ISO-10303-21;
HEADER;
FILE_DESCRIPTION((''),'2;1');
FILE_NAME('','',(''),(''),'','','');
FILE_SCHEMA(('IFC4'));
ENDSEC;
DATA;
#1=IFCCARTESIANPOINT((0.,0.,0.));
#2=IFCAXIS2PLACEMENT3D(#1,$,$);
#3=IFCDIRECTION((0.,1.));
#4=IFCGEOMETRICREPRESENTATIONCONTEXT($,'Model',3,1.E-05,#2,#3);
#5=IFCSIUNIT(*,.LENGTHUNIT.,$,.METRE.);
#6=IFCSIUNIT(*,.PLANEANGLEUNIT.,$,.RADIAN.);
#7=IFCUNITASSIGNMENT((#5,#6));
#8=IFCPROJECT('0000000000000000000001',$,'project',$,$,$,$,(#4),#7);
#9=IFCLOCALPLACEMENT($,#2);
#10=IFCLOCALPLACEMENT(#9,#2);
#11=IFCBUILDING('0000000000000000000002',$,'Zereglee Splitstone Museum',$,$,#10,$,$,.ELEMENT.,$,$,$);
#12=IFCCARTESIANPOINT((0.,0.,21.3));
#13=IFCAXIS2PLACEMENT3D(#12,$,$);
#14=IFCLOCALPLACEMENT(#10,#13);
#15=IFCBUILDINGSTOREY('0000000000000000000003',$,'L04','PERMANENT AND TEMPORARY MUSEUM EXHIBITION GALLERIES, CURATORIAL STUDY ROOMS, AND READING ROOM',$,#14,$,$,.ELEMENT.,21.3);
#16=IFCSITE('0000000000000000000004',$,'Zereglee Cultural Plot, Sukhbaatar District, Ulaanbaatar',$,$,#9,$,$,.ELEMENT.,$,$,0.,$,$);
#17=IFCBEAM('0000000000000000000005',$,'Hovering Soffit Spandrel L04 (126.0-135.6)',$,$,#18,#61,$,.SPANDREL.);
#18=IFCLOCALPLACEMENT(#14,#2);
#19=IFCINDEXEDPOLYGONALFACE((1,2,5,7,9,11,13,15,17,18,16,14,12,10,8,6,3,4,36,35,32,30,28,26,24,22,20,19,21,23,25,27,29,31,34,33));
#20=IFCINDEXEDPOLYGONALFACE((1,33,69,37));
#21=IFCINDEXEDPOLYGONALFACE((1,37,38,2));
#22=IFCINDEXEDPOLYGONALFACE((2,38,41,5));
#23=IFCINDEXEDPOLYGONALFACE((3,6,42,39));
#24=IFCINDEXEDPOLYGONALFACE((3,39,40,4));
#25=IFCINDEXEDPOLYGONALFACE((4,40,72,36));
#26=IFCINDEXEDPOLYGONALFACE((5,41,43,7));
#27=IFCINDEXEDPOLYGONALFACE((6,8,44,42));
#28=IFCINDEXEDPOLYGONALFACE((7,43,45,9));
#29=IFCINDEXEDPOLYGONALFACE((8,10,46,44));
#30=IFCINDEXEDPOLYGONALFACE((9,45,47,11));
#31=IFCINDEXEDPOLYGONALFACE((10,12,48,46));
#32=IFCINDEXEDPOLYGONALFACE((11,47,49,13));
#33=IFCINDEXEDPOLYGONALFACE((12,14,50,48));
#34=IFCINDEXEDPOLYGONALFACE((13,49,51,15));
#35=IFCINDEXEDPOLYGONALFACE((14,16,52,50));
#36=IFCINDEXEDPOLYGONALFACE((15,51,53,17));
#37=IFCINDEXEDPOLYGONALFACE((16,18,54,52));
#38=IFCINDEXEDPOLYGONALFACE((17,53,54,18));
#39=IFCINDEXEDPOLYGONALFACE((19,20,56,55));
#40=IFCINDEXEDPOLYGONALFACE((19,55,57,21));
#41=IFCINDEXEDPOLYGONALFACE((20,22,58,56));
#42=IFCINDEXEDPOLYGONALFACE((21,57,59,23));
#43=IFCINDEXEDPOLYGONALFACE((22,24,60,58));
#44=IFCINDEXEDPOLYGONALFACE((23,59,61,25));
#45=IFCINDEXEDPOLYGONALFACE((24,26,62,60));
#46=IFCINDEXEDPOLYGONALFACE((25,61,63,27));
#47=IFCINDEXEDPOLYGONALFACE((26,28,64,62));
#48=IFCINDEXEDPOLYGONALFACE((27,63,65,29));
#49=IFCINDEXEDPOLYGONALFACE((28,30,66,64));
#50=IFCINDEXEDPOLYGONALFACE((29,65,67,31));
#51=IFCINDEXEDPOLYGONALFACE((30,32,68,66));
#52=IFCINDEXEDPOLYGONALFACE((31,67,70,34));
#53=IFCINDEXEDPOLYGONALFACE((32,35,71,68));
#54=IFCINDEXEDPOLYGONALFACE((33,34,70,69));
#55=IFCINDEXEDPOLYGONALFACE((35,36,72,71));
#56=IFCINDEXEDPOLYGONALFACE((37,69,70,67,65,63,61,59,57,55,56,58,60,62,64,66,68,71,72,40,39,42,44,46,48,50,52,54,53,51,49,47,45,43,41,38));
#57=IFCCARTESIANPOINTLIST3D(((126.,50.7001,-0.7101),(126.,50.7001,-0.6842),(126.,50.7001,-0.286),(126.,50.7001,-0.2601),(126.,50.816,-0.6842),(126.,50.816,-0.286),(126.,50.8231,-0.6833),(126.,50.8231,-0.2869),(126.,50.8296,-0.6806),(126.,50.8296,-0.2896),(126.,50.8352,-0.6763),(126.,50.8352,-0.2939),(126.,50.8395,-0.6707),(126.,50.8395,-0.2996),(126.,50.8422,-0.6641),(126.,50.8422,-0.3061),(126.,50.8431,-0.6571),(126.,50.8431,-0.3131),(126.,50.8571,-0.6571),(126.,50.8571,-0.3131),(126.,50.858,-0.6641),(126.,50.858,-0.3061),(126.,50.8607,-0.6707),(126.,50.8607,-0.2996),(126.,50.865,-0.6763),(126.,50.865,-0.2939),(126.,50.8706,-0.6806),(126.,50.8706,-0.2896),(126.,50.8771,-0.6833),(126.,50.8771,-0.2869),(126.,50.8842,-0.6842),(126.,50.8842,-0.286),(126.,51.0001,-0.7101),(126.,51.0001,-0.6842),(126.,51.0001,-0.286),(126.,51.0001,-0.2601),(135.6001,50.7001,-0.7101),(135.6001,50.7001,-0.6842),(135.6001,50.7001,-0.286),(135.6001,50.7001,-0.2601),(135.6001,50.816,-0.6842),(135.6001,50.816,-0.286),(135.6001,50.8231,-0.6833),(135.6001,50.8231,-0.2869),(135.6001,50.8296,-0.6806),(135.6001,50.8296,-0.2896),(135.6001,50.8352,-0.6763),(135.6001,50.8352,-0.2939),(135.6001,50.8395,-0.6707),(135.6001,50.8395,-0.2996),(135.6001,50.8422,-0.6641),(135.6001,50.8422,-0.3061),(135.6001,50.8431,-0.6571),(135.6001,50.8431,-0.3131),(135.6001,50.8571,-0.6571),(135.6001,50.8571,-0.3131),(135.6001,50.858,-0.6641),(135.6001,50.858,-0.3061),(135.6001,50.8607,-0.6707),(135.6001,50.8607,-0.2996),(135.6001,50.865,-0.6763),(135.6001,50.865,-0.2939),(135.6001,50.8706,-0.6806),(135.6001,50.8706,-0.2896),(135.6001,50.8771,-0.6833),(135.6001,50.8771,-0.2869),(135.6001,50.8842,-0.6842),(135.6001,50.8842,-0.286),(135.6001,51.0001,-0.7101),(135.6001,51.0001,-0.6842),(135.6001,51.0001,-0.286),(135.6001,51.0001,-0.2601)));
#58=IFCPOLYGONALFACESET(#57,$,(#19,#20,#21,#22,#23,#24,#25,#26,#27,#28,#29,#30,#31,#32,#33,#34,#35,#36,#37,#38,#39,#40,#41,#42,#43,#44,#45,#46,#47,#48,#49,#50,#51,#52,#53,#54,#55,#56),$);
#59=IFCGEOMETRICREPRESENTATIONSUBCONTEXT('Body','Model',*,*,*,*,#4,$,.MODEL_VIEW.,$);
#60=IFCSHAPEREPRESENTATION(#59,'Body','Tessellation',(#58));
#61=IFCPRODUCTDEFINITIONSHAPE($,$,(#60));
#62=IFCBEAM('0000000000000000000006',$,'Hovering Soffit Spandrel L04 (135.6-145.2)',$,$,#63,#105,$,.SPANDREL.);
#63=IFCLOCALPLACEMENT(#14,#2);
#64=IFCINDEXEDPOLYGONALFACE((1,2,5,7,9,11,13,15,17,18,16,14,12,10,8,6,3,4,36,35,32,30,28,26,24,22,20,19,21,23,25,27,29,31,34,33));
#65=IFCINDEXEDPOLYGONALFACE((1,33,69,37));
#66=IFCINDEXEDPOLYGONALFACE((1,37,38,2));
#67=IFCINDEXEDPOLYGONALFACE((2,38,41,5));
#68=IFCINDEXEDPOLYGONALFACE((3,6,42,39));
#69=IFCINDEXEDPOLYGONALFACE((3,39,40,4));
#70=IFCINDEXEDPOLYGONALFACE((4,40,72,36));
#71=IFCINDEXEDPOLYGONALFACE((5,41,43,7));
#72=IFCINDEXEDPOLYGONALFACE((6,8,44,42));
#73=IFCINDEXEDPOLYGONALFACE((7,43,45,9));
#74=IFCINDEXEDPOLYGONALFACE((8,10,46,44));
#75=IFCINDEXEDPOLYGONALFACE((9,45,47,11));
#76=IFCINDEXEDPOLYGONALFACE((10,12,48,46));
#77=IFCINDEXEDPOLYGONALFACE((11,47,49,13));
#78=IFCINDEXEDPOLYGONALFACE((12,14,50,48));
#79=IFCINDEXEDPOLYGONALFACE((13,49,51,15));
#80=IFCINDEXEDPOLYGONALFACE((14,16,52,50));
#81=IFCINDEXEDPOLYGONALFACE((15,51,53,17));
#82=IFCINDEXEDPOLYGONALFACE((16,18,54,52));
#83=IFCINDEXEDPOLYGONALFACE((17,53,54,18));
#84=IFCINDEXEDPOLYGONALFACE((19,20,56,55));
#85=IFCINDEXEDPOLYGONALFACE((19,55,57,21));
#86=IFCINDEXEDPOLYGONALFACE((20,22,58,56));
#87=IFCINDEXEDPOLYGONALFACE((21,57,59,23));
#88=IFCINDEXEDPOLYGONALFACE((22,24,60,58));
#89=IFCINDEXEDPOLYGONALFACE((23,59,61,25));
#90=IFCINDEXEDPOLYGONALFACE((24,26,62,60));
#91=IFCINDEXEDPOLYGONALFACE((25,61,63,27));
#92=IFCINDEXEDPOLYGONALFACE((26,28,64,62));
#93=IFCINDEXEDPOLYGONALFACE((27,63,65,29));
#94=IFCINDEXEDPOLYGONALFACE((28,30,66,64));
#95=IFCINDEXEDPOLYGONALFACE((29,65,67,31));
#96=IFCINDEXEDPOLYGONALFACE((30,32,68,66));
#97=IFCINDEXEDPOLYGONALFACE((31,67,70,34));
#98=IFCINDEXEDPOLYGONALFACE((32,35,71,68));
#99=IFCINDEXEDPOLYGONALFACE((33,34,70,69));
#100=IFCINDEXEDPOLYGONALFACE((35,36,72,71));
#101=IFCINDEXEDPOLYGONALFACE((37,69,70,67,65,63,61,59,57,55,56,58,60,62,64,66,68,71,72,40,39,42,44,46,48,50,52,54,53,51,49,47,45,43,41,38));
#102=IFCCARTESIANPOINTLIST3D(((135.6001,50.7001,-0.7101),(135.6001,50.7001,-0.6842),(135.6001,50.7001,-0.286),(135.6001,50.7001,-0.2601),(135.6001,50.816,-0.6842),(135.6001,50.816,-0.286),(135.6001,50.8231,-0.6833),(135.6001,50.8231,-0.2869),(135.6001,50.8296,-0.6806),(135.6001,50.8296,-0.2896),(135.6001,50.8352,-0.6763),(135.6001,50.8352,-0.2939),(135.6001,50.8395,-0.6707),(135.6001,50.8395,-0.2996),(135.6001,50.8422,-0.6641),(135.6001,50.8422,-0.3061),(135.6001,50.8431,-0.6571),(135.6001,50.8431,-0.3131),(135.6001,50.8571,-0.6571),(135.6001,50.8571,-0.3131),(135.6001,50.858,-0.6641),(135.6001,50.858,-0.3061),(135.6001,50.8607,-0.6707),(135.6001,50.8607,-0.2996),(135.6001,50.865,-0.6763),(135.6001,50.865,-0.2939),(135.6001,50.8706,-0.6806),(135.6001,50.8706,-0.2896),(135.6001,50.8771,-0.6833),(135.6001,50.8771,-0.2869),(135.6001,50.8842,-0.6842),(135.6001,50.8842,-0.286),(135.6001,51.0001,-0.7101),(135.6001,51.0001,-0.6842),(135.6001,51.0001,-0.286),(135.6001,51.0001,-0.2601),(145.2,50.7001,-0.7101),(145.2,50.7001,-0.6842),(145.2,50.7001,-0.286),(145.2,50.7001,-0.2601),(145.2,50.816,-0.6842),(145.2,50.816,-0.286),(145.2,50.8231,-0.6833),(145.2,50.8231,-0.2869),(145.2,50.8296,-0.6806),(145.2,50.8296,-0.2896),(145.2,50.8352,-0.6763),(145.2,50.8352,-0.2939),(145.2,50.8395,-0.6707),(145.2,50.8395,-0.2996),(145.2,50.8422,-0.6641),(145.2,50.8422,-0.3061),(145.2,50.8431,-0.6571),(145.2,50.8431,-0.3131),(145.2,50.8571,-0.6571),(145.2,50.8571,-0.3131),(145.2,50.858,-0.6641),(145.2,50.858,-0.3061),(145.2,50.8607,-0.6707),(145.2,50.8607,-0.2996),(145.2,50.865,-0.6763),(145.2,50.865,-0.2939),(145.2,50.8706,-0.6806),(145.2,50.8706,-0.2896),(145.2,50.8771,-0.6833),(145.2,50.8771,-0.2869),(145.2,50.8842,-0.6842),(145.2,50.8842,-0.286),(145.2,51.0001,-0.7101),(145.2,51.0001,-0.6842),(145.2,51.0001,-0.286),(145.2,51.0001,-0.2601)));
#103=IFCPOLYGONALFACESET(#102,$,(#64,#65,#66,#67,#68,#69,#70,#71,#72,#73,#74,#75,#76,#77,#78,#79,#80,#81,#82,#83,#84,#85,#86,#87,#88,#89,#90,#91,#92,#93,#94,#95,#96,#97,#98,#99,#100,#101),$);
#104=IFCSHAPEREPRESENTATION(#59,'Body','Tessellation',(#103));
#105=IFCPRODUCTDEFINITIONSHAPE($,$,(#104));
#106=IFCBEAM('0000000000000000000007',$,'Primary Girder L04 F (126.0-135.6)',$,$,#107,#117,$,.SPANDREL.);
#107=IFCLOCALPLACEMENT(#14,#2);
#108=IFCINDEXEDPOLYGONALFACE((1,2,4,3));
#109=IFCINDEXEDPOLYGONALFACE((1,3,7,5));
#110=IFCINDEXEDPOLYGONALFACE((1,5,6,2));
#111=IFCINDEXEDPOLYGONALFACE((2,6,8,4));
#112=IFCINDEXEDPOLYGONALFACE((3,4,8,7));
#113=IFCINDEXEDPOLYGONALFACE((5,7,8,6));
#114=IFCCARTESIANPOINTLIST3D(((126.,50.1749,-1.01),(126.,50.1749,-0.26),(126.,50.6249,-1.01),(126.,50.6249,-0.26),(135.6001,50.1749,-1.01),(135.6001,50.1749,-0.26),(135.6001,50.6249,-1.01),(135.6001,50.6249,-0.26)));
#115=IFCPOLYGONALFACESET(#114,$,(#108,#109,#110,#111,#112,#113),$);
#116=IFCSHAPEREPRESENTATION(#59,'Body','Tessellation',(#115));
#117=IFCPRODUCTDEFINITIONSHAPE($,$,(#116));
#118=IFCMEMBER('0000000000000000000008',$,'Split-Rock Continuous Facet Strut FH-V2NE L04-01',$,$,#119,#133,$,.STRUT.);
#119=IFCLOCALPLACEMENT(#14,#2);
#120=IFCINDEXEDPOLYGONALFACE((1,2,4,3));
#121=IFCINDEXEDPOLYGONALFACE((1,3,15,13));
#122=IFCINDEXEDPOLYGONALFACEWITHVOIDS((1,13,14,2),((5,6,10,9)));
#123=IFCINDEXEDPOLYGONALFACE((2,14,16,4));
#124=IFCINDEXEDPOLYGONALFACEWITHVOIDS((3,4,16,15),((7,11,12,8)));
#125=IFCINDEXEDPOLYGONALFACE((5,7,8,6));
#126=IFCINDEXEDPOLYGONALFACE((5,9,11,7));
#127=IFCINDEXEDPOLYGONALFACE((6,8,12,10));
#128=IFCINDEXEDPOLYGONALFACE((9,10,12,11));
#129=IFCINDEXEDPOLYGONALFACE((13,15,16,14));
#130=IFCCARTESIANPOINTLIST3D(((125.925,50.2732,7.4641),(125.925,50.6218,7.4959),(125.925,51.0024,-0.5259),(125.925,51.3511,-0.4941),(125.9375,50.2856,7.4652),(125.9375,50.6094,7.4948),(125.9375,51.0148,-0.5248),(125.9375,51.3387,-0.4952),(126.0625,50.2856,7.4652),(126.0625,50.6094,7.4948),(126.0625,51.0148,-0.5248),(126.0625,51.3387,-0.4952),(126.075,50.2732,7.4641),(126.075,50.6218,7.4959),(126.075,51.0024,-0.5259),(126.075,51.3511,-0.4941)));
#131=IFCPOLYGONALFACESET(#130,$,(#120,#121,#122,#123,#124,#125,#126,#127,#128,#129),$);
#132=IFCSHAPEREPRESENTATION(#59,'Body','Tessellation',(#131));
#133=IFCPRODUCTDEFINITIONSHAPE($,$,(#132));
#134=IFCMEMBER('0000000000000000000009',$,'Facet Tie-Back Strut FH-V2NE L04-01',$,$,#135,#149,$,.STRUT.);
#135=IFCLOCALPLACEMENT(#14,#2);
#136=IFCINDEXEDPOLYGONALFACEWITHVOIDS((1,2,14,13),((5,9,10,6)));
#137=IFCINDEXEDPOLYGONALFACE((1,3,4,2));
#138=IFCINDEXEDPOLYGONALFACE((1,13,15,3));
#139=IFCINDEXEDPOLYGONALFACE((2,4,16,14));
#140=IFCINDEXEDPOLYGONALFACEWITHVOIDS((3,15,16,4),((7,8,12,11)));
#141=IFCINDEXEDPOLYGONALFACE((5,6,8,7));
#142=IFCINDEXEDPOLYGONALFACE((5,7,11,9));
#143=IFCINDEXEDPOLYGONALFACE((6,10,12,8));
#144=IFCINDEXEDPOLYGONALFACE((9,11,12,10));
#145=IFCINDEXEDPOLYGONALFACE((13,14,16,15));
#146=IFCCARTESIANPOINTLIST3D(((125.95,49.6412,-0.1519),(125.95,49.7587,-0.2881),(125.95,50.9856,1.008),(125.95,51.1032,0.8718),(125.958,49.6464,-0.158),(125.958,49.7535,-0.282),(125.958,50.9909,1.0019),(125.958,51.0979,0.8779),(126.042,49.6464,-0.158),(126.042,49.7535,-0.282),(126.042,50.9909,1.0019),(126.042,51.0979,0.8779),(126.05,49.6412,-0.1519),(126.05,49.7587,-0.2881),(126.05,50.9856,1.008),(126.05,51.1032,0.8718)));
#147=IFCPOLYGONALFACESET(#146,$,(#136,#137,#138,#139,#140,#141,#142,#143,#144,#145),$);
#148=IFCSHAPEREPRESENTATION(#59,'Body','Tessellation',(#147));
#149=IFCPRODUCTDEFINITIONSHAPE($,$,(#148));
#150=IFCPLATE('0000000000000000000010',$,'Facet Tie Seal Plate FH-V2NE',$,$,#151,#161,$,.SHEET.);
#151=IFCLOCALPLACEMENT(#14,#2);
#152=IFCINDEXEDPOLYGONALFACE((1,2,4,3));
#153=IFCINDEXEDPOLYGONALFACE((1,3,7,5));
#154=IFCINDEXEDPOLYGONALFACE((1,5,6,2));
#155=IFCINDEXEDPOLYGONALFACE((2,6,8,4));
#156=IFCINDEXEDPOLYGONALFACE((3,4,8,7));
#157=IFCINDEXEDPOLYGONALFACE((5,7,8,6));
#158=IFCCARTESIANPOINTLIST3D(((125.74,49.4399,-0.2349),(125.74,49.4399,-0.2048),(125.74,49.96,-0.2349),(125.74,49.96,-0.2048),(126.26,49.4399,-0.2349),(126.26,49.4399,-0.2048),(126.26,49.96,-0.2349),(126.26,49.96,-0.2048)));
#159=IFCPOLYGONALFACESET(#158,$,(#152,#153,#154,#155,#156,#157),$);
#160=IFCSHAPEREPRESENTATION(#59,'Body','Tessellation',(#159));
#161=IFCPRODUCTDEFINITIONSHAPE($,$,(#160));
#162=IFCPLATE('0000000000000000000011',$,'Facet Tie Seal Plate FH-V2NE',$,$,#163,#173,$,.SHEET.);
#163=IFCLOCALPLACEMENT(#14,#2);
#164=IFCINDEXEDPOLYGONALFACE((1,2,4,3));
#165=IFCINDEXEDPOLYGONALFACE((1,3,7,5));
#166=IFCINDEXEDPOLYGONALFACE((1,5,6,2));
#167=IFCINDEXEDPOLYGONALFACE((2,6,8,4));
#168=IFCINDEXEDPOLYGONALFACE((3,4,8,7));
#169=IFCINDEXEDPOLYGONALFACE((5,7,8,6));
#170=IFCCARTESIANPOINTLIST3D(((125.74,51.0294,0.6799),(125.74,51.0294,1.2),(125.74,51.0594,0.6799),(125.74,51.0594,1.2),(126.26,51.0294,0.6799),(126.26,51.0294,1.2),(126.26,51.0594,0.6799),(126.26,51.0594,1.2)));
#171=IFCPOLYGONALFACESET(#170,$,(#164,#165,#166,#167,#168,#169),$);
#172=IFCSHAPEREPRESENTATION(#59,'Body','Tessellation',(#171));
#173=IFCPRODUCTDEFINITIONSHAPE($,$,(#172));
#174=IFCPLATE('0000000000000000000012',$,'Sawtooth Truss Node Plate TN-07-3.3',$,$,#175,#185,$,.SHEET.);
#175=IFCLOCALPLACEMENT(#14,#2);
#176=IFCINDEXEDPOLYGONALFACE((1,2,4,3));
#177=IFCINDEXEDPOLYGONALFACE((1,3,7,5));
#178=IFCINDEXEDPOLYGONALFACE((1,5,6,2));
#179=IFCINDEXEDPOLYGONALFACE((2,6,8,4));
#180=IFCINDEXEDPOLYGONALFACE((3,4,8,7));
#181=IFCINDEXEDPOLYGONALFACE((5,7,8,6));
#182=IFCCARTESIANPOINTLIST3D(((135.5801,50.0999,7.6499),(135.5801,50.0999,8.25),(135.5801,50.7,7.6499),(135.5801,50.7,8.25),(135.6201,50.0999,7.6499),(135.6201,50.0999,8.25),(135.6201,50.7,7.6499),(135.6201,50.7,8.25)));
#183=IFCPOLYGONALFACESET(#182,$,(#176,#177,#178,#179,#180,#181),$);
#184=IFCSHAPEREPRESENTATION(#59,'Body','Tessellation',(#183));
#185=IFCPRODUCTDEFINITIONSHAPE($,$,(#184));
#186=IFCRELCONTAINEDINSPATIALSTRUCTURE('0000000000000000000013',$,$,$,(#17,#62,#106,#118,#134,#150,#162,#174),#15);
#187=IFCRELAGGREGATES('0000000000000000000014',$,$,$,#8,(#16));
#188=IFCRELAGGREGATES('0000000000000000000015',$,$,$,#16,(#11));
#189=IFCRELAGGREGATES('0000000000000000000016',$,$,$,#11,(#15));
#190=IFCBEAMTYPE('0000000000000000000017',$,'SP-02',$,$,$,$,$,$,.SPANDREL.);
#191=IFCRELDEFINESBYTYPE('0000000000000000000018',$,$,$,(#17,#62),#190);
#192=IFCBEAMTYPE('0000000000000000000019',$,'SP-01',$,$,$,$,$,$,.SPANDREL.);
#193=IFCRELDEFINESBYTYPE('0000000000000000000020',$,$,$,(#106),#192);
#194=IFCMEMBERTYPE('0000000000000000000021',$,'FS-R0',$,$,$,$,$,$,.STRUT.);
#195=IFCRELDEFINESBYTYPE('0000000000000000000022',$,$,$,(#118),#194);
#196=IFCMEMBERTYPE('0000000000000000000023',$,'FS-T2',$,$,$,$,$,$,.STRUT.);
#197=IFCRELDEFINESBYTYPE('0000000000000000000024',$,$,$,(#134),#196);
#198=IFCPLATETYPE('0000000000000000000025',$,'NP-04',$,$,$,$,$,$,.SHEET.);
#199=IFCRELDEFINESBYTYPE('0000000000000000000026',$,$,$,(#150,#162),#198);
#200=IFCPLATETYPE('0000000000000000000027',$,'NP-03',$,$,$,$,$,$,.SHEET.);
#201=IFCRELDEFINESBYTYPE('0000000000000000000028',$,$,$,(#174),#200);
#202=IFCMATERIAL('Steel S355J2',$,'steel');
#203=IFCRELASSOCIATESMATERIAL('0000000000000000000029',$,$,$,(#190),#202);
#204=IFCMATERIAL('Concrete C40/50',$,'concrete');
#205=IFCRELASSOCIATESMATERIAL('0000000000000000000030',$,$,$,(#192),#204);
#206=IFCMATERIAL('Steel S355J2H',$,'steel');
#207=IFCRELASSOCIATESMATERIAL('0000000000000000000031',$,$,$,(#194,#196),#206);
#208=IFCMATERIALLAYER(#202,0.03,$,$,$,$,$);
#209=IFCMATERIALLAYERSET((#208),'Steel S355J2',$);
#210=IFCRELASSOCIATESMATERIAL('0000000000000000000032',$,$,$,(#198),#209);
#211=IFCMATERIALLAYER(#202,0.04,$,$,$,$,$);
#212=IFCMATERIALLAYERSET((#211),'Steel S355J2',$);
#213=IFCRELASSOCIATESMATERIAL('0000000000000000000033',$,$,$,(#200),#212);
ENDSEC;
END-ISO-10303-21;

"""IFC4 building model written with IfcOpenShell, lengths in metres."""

from ifc_helpers import new_model, si_unit, direction, frame, origin, origin_2d, place, context, subcontext, project, spatial, rectangle, hollow_rectangle, i_section, extrude, material, layer, layer_set, material_profile, profile_set, type_object, element, save


model = new_model("IFC4")

# Units and contexts
model_context = context("Model", 3, precision=1e-05, world=origin(), true_north=direction((0.0, 1.0)))
body_context = subcontext(model_context, "Body", "Model", "MODEL_VIEW")
ifc_project = project(units=[si_unit("LENGTHUNIT", "METRE"), si_unit("PLANEANGLEUNIT", "RADIAN")], contexts=[model_context])

# Site, building, storey
site_placement = place(None, origin())
site = spatial("IfcSite", under=ifc_project, at=site_placement, Name="Zereglee Cultural Plot, Sukhbaatar District, Ulaanbaatar", CompositionType="ELEMENT", RefElevation=0.0)
building_placement = place(site_placement, origin())
building = spatial("IfcBuilding", under=site, at=building_placement, Name="Zereglee Splitstone Museum", CompositionType="ELEMENT")
storey_placement = place(building_placement, frame((0.0, 0.0, 21.3)))
storey = spatial("IfcBuildingStorey", under=building, at=storey_placement, Name="L04", Description="PERMANENT AND TEMPORARY MUSEUM EXHIBITION GALLERIES, CURATORIAL STUDY ROOMS, AND READING ROOM", CompositionType="ELEMENT", Elevation=21.3)

# Shared definitions
ifc_material_1 = material(Name="Steel S355J2", Category="steel")

# Shared definitions
ifc_material_2 = material(Name="Steel S355J2H", Category="steel")

# Beams
ifc_material_profile_1 = material_profile(ifc_material_1, i_section(OverallWidth=0.3, OverallDepth=0.45, WebThickness=0.0139, FlangeThickness=0.0259, FilletRadius=0.0271, at=origin_2d()), Name="HE 450 B")
ifc_profile_set_1 = profile_set([ifc_material_profile_1], Name="Steel S355J2")
beam_type_1 = type_object("IfcBeamType", Name="SP-02", PredefinedType="SPANDREL", material=ifc_profile_set_1)
beam_1_placement = place(storey_placement, frame((126.0, 50.8501, -0.4851), z_axis=(1.0, 0.0, 0.0), x_axis=(0.0, 1.0, 0.0)))
element("IfcBeam", 1, at=beam_1_placement, inside=storey, type_object=beam_type_1, Name="Hovering Soffit Spandrel L04 (126.0-135.6)", PredefinedType="SPANDREL", context=body_context, shape_type="SweptSolid", body=[
    extrude(i_section(OverallWidth=0.3, OverallDepth=0.45, WebThickness=0.0139, FlangeThickness=0.0259, FilletRadius=0.0271, at=origin_2d()), origin(), (0.0, 0.0, 1.0), 9.6001),
])
beam_2_placement = place(storey_placement, frame((135.6001, 50.8501, -0.4851), z_axis=(1.0, 0.0, 0.0), x_axis=(0.0, 1.0, 0.0)))
element("IfcBeam", 2, at=beam_2_placement, inside=storey, type_object=beam_type_1, Name="Hovering Soffit Spandrel L04 (135.6-145.2)", PredefinedType="SPANDREL", context=body_context, shape_type="SweptSolid", body=[
    extrude(i_section(OverallWidth=0.3, OverallDepth=0.45, WebThickness=0.0139, FlangeThickness=0.0259, FilletRadius=0.0271, at=origin_2d()), origin(), (0.0, 0.0, 1.0), 9.5999),
])
ifc_material_3 = material(Name="Concrete C40/50", Category="concrete")
ifc_material_profile_2 = material_profile(ifc_material_3, rectangle(XDim=0.45, YDim=0.75, at=origin_2d()), Name="RC 450x750")
ifc_profile_set_2 = profile_set([ifc_material_profile_2], Name="Concrete C40/50")
beam_type_2 = type_object("IfcBeamType", Name="SP-01", PredefinedType="SPANDREL", material=ifc_profile_set_2)
beam_3_placement = place(storey_placement, frame((126.0, 50.3999, -0.635), z_axis=(1.0, 0.0, 0.0), x_axis=(0.0, 1.0, 0.0)))
element("IfcBeam", 3, at=beam_3_placement, inside=storey, type_object=beam_type_2, Name="Primary Girder L04 F (126.0-135.6)", PredefinedType="SPANDREL", context=body_context, shape_type="SweptSolid", body=[
    extrude(rectangle(XDim=0.45, YDim=0.75, at=origin_2d()), origin(), (0.0, 0.0, 1.0), 9.6001),
])

# Members
ifc_material_profile_3 = material_profile(ifc_material_2, hollow_rectangle(XDim=0.1499, YDim=0.3501, WallThickness=0.0125, at=origin_2d()), Name="RHS 350x150x12.5")
ifc_profile_set_3 = profile_set([ifc_material_profile_3], Name="Steel S355J2H")
member_type_1 = type_object("IfcMemberType", Name="FS-R0", PredefinedType="STRUT", material=ifc_profile_set_3)
member_1_placement = place(storey_placement, frame((126.0, 51.1768, -0.51), z_axis=(0.0, -0.090892, 0.995861), x_axis=(1.0, 0.0, 0.0)))
element("IfcMember", 4, at=member_1_placement, inside=storey, type_object=member_type_1, Name="Split-Rock Continuous Facet Strut FH-V2NE L04-01", PredefinedType="STRUT", context=body_context, shape_type="SweptSolid", body=[
    extrude(hollow_rectangle(XDim=0.1499, YDim=0.3501, WallThickness=0.0125, at=origin_2d()), origin(), (0.0, 0.0, 1.0), 8.0232),
])
ifc_material_profile_4 = material_profile(ifc_material_2, hollow_rectangle(XDim=0.1001, YDim=0.1799, WallThickness=0.0081, at=origin_2d()), Name="RHS 180x100x8")
ifc_profile_set_4 = profile_set([ifc_material_profile_4], Name="Steel S355J2H")
member_type_2 = type_object("IfcMemberType", Name="FS-T2", PredefinedType="STRUT", material=ifc_profile_set_4)
member_2_placement = place(storey_placement, frame((126.0, 49.7, -0.22), z_axis=(0.0, 0.757166, 0.653222), x_axis=(-1.0, 0.0, 0.0)))
element("IfcMember", 5, at=member_2_placement, inside=storey, type_object=member_type_2, Name="Facet Tie-Back Strut FH-V2NE L04-01", PredefinedType="STRUT", context=body_context, shape_type="SweptSolid", body=[
    extrude(hollow_rectangle(XDim=0.1001, YDim=0.1799, WallThickness=0.0081, at=origin_2d()), origin(), (0.0, 0.0, 1.0), 1.7756),
])

# Plates
ifc_layer_1 = layer(ifc_material_1, 0.03)
ifc_layer_set_1 = layer_set([ifc_layer_1], Name="Steel S355J2")
plate_type_1 = type_object("IfcPlateType", Name="NP-04", PredefinedType="SHEET", material=ifc_layer_set_1)
plate_1_placement = place(storey_placement, frame((126.0, 49.7, -0.2349), z_axis=(0.0, 0.0, 1.0), x_axis=(1.0, 0.0, 0.0)))
element("IfcPlate", 6, at=plate_1_placement, inside=storey, type_object=plate_type_1, Name="Facet Tie Seal Plate FH-V2NE", PredefinedType="SHEET", context=body_context, shape_type="SweptSolid", body=[
    extrude(rectangle(XDim=0.52, YDim=0.52, at=origin_2d()), origin(), (0.0, 0.0, 1.0), 0.03),
])
plate_2_placement = place(storey_placement, frame((126.0, 51.0444, 0.6799), z_axis=(0.0, 0.0, 1.0), x_axis=(1.0, 0.0, 0.0)))
element("IfcPlate", 7, at=plate_2_placement, inside=storey, type_object=plate_type_1, Name="Facet Tie Seal Plate FH-V2NE", PredefinedType="SHEET", context=body_context, shape_type="SweptSolid", body=[
    extrude(rectangle(XDim=0.52, YDim=0.03, at=origin_2d()), origin(), (0.0, 0.0, 1.0), 0.52),
])
ifc_layer_2 = layer(ifc_material_1, 0.04)
ifc_layer_set_2 = layer_set([ifc_layer_2], Name="Steel S355J2")
plate_type_2 = type_object("IfcPlateType", Name="NP-03", PredefinedType="SHEET", material=ifc_layer_set_2)
plate_3_placement = place(storey_placement, frame((135.6001, 50.3999, 7.6499), z_axis=(0.0, 0.0, 1.0), x_axis=(1.0, 0.0, 0.0)))
element("IfcPlate", 8, at=plate_3_placement, inside=storey, type_object=plate_type_2, Name="Sawtooth Truss Node Plate TN-07-3.3", PredefinedType="SHEET", context=body_context, shape_type="SweptSolid", body=[
    extrude(rectangle(XDim=0.04, YDim=0.6001, at=origin_2d()), origin(), (0.0, 0.0, 1.0), 0.6001),
])

save(model, "model.ifc")
